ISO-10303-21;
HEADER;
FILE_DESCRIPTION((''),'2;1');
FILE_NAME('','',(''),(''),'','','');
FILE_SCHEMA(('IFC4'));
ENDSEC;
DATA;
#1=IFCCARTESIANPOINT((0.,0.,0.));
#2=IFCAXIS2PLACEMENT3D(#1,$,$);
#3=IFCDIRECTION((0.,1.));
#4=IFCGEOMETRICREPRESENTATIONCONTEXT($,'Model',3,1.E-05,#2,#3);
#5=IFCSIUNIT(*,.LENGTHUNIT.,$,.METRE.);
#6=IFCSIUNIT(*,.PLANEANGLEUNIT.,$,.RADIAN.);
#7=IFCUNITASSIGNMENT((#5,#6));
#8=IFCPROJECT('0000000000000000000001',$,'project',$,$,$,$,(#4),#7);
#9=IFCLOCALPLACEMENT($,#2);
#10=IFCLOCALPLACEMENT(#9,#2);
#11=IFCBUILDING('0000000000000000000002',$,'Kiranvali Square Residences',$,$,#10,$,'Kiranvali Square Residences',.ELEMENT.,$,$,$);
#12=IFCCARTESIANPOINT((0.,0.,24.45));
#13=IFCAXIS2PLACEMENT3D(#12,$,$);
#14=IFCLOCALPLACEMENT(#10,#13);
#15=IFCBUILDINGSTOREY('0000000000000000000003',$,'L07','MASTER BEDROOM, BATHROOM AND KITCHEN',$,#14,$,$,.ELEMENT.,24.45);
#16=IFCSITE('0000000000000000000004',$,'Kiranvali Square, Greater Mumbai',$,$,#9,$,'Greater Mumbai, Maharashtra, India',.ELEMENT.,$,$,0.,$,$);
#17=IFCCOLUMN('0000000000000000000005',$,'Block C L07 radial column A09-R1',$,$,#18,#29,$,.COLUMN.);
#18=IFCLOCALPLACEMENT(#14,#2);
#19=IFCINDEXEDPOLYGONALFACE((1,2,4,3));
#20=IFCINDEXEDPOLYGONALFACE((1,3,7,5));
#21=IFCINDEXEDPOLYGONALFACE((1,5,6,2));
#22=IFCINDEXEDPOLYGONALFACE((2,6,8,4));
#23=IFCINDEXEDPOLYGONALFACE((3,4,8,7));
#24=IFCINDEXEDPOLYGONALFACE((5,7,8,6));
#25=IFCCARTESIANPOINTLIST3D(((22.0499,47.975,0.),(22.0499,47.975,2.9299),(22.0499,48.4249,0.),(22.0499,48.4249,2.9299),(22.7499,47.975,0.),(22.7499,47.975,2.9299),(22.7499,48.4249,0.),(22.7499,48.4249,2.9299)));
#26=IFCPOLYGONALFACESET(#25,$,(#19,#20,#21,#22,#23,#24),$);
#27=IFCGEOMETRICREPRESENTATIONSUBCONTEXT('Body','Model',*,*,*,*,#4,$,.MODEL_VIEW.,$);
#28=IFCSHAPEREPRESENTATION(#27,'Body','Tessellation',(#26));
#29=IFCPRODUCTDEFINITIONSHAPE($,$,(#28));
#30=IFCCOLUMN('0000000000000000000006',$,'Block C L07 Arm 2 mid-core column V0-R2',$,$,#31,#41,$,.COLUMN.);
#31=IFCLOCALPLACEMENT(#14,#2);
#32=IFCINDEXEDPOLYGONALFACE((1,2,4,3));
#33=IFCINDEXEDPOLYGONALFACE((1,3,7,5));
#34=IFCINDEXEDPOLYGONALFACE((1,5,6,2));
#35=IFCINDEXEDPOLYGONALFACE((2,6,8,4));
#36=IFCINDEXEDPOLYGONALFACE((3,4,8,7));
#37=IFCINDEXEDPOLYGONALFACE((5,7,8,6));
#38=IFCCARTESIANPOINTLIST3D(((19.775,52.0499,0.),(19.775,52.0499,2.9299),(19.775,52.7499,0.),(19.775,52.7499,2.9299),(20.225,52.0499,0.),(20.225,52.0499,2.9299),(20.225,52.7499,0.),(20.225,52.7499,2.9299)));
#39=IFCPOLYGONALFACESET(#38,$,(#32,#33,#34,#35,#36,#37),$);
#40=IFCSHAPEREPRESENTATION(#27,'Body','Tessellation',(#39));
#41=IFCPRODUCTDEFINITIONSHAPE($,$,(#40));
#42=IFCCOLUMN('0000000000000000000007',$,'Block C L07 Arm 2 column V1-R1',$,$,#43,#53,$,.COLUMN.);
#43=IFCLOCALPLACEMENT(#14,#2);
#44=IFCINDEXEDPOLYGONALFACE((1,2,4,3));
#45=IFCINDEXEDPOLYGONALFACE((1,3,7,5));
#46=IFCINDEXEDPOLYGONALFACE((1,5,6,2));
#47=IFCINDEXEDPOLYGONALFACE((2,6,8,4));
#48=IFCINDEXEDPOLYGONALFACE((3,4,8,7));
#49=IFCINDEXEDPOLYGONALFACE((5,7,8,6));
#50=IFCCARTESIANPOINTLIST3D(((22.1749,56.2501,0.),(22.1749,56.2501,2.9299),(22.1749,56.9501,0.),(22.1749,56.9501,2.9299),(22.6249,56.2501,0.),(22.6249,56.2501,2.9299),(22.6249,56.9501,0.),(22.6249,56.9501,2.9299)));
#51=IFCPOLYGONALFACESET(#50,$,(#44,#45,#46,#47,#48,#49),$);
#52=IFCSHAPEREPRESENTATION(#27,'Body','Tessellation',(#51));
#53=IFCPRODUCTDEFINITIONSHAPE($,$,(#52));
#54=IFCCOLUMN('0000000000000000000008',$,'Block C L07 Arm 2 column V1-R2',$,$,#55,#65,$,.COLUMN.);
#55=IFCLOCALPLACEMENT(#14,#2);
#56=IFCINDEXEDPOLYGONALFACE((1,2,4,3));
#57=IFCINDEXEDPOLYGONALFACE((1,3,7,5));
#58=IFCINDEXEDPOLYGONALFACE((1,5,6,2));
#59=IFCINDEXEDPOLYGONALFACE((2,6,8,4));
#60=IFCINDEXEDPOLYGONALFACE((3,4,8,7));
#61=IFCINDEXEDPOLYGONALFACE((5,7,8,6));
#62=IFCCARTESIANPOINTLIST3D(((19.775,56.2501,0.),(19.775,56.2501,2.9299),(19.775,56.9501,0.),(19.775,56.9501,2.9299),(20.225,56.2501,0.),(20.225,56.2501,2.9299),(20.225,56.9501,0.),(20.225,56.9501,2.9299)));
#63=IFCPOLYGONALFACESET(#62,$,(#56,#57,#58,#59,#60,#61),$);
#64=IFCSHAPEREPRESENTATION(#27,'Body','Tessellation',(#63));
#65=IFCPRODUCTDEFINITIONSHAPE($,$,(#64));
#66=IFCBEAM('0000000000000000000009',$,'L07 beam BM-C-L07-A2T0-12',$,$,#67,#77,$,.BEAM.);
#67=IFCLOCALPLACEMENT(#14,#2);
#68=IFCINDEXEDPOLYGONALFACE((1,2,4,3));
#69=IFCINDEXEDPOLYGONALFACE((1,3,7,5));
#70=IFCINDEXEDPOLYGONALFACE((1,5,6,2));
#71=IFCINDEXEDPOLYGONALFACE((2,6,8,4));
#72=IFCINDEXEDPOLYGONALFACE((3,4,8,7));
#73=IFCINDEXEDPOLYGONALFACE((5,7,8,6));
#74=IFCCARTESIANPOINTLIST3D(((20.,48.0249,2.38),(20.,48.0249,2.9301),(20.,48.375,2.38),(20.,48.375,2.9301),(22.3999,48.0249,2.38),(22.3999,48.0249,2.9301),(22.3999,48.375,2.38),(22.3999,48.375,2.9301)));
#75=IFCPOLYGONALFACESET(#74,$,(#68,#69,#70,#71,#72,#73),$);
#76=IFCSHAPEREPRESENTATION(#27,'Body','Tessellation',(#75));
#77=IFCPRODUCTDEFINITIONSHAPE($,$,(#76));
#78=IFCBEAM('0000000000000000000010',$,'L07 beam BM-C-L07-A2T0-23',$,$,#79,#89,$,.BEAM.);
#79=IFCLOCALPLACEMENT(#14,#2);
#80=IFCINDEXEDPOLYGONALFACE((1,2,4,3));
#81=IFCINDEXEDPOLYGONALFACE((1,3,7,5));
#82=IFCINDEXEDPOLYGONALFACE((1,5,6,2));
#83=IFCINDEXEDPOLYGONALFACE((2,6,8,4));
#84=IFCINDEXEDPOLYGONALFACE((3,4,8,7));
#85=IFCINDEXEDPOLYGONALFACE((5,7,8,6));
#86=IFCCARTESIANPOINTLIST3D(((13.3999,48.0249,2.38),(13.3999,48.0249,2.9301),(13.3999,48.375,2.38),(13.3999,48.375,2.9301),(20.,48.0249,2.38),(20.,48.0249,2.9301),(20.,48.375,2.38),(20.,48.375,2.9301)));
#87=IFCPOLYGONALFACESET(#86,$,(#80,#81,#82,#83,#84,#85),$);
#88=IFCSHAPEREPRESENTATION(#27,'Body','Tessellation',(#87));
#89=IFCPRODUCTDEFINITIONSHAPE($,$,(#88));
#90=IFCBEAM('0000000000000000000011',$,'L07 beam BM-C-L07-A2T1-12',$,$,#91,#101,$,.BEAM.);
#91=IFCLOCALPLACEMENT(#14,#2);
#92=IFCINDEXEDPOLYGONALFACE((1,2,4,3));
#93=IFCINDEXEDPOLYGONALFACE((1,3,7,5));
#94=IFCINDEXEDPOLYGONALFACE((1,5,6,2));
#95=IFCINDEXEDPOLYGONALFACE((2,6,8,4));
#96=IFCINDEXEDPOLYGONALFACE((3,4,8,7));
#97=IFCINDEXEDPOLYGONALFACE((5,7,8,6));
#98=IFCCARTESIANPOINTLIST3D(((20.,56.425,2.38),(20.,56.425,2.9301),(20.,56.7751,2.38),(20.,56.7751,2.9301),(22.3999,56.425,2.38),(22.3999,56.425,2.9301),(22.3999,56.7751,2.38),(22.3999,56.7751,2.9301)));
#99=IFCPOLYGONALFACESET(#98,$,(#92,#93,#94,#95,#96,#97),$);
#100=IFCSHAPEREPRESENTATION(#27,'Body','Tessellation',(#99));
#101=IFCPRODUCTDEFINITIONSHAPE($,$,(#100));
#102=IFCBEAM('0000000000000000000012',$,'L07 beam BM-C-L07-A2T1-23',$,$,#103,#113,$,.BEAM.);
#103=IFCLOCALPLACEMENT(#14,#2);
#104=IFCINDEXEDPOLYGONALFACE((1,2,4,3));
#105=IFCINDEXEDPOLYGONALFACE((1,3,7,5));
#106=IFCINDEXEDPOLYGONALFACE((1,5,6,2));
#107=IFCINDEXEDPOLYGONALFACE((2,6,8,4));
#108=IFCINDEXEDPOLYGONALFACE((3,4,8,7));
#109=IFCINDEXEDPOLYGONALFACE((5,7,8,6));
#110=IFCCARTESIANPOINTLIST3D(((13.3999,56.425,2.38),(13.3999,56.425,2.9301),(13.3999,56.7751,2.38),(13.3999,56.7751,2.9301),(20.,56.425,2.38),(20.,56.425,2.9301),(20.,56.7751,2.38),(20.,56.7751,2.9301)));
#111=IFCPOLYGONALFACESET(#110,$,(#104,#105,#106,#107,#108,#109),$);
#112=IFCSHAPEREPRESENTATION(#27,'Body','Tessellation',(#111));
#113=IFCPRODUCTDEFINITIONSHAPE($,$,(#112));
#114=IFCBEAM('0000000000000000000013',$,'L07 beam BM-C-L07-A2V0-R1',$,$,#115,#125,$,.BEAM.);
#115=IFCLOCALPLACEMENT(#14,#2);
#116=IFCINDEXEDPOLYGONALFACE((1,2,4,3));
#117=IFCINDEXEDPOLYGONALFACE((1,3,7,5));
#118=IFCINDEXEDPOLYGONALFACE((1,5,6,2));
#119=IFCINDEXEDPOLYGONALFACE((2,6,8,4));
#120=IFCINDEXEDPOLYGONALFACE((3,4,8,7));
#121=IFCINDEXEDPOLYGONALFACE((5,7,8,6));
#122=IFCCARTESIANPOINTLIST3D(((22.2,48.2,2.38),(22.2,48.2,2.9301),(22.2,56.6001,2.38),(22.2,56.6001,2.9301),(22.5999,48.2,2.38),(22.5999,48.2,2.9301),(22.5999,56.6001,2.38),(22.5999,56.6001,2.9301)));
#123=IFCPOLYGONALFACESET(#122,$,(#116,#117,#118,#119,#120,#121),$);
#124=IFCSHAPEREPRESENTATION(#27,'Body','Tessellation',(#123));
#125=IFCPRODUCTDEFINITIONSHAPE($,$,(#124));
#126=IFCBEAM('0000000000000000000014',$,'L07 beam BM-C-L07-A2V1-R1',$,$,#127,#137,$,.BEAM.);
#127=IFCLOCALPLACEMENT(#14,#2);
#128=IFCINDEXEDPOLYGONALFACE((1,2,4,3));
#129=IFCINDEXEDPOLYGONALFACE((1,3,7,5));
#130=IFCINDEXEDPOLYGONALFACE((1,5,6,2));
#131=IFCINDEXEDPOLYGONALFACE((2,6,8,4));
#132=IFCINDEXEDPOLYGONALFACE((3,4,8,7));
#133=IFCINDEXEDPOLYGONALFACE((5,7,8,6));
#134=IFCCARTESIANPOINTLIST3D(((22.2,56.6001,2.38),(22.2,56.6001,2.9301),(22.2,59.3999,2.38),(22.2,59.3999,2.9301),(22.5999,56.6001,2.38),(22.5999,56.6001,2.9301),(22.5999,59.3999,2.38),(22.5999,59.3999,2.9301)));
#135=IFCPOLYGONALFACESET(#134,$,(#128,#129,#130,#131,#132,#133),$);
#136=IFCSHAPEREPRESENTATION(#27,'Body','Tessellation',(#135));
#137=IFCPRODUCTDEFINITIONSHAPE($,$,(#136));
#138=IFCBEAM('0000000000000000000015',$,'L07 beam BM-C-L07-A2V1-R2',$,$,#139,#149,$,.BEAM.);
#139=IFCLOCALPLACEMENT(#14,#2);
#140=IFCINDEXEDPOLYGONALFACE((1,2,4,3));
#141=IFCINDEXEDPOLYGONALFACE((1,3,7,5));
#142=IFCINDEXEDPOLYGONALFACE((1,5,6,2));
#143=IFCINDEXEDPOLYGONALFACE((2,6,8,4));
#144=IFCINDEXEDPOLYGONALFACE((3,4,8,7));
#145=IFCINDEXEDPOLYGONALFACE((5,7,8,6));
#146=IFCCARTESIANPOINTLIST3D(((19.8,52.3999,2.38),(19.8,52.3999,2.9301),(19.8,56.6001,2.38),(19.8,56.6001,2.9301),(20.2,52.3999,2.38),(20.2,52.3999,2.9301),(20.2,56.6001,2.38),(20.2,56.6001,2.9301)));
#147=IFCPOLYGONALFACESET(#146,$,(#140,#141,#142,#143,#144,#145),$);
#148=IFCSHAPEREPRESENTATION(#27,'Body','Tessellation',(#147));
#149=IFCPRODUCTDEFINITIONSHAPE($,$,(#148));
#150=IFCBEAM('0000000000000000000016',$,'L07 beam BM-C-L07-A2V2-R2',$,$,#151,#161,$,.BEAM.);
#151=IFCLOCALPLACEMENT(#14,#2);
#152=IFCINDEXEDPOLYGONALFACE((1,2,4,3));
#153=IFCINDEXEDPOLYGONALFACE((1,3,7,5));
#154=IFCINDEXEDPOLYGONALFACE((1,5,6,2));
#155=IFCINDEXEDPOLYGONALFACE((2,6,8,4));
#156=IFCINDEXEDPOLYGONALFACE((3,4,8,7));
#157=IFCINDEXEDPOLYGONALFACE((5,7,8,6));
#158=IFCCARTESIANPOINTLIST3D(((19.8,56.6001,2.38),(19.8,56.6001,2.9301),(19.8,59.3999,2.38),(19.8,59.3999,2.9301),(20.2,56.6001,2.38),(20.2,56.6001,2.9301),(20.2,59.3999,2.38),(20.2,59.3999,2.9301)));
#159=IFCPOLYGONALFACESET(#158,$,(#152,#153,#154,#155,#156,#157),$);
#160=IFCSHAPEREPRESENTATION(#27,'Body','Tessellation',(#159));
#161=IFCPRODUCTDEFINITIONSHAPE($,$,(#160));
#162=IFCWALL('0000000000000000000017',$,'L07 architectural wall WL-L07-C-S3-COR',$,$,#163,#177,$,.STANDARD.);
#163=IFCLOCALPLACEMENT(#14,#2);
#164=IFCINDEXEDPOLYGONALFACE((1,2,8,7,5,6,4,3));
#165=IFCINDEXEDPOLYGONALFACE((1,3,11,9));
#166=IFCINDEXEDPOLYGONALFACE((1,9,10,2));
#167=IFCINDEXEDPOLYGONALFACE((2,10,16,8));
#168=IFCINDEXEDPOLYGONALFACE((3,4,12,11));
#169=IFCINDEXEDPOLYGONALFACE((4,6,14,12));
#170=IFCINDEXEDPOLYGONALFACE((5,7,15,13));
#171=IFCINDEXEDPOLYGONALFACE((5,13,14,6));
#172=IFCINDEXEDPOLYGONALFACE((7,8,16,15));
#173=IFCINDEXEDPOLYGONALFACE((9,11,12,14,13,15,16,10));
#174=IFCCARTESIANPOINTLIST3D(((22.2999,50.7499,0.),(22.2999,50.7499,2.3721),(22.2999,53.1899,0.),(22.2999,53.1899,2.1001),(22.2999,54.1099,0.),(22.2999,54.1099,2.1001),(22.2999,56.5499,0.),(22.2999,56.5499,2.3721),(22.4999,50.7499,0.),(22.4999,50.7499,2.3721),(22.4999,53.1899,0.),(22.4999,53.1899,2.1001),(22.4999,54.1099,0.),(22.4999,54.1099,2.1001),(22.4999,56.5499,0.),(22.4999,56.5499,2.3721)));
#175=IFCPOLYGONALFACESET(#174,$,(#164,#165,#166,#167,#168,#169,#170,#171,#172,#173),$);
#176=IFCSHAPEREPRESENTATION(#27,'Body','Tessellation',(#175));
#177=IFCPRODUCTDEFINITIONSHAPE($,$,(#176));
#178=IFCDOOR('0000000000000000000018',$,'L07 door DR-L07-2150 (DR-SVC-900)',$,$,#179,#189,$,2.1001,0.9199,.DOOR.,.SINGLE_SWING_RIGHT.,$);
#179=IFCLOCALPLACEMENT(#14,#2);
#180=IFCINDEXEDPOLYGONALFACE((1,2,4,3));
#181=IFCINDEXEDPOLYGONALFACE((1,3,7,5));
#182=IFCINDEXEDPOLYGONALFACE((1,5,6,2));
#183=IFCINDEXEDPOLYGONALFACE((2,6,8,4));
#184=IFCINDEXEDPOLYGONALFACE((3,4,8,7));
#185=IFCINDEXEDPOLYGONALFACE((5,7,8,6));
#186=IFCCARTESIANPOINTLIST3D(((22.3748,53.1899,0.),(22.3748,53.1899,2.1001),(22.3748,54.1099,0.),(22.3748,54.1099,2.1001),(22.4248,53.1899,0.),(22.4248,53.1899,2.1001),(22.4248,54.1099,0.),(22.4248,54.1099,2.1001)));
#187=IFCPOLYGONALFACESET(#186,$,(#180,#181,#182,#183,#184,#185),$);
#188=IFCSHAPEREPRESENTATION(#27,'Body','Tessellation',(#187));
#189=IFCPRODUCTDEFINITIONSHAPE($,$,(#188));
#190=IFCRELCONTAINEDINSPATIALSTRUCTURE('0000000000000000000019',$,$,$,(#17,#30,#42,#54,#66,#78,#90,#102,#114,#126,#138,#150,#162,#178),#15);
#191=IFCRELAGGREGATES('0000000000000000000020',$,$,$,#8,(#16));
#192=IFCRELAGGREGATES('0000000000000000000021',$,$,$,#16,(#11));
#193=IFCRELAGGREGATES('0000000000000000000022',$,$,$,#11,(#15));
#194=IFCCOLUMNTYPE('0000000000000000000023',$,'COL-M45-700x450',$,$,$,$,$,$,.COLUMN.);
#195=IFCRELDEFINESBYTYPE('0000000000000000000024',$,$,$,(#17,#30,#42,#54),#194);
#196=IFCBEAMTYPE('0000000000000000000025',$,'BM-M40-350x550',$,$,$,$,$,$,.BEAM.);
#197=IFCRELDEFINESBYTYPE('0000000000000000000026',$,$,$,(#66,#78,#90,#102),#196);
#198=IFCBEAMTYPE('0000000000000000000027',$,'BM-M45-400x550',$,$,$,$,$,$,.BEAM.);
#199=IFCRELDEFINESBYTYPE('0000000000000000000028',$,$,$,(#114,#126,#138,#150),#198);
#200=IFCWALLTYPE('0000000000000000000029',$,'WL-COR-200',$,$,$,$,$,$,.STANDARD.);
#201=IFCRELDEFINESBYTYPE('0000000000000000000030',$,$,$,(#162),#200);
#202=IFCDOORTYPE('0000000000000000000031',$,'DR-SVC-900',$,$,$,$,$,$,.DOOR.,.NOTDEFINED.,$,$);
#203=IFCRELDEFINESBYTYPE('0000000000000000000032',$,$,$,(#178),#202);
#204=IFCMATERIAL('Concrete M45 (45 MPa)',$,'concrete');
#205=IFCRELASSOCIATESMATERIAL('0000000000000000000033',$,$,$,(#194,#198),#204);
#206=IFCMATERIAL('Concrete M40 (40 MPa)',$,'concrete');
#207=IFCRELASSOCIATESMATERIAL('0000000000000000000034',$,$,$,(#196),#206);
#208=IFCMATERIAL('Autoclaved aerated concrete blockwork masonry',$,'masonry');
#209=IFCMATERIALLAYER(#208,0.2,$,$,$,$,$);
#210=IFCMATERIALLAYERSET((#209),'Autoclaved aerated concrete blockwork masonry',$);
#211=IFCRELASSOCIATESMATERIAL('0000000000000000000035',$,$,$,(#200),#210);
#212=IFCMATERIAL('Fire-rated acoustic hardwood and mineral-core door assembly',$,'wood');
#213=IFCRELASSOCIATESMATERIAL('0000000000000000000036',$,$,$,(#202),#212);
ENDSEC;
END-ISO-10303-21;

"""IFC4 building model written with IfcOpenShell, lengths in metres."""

from ifc_helpers import new_model, si_unit, direction, frame, frame_2d, origin, origin_2d, place, context, subcontext, project, spatial, rectangle, extrude, material, layer, layer_set, material_profile, profile_set, type_object, element, fill, save


model = new_model("IFC4")

# Units and contexts
model_context = context("Model", 3, precision=1e-05, world=origin(), true_north=direction((0.0, 1.0)))
body_context = subcontext(model_context, "Body", "Model", "MODEL_VIEW")
ifc_project = project(units=[si_unit("LENGTHUNIT", "METRE"), si_unit("PLANEANGLEUNIT", "RADIAN")], contexts=[model_context])

# Site, building, storey
site_placement = place(None, origin())
site = spatial("IfcSite", under=ifc_project, at=site_placement, Name="Kiranvali Square, Greater Mumbai", LongName="Greater Mumbai, Maharashtra, India", CompositionType="ELEMENT", RefElevation=0.0)
building_placement = place(site_placement, origin())
building = spatial("IfcBuilding", under=site, at=building_placement, Name="Kiranvali Square Residences", LongName="Kiranvali Square Residences", CompositionType="ELEMENT")
storey_placement = place(building_placement, frame((0.0, 0.0, 24.45)))
storey = spatial("IfcBuildingStorey", under=building, at=storey_placement, Name="L07", Description="MASTER BEDROOM, BATHROOM AND KITCHEN", CompositionType="ELEMENT", Elevation=24.45)

# Columns
ifc_material_1 = material(Name="Concrete M45 (45 MPa)", Category="concrete")
ifc_material_profile_1 = material_profile(ifc_material_1, rectangle(XDim=0.45, YDim=0.7, at=origin_2d()), Name="RC 700x450")
ifc_profile_set_1 = profile_set([ifc_material_profile_1], Name="Concrete M45 (45 MPa)")
column_type = type_object("IfcColumnType", Name="COL-M45-700x450", PredefinedType="COLUMN", material=ifc_profile_set_1)
for number, where, z_axis, x_axis, name in (
    (1, (22.3999, 48.2, 0.0), (0.0, 0.0, 1.0), (0.0, 1.0, 0.0), "Block C L07 radial column A09-R1"),
    (2, (20.0, 52.3999, 0.0), (0.0, 0.0, 1.0), (1.0, 0.0, 0.0), "Block C L07 Arm 2 mid-core column V0-R2"),
    (3, (22.3999, 56.6001, 0.0), (0.0, 0.0, 1.0), (1.0, 0.0, 0.0), "Block C L07 Arm 2 column V1-R1"),
    (4, (20.0, 56.6001, 0.0), (0.0, 0.0, 1.0), (1.0, 0.0, 0.0), "Block C L07 Arm 2 column V1-R2"),
):
    element("IfcColumn", number, at=place(storey_placement, frame(where, z_axis=z_axis, x_axis=x_axis)), inside=storey, type_object=column_type, Name=name, PredefinedType="COLUMN", context=body_context, shape_type="SweptSolid", body=[
        extrude(rectangle(XDim=0.45, YDim=0.7, at=origin_2d()), origin(), (0.0, 0.0, 1.0), 2.9299),
    ])

# Beams
ifc_material_2 = material(Name="Concrete M40 (40 MPa)", Category="concrete")
ifc_material_profile_2 = material_profile(ifc_material_2, rectangle(XDim=0.3501, YDim=0.55, at=origin_2d()), Name="RC 350x550")
ifc_profile_set_2 = profile_set([ifc_material_profile_2], Name="Concrete M40 (40 MPa)")
beam_type_1 = type_object("IfcBeamType", Name="BM-M40-350x550", PredefinedType="BEAM", material=ifc_profile_set_2)
beam_1_placement = place(storey_placement, frame((22.3999, 48.2, 2.655), z_axis=(-1.0, 0.0, 0.0), x_axis=(0.0, -1.0, 0.0)))
element("IfcBeam", 5, at=beam_1_placement, inside=storey, type_object=beam_type_1, Name="L07 beam BM-C-L07-A2T0-12", PredefinedType="BEAM", context=body_context, shape_type="SweptSolid", body=[
    extrude(rectangle(XDim=0.3501, YDim=0.55, at=origin_2d()), origin(), (0.0, 0.0, 1.0), 2.3999),
])
beam_2_placement = place(storey_placement, frame((20.0, 48.2, 2.655), z_axis=(-1.0, 0.0, 0.0), x_axis=(0.0, -1.0, 0.0)))
element("IfcBeam", 6, at=beam_2_placement, inside=storey, type_object=beam_type_1, Name="L07 beam BM-C-L07-A2T0-23", PredefinedType="BEAM", context=body_context, shape_type="SweptSolid", body=[
    extrude(rectangle(XDim=0.3501, YDim=0.55, at=origin_2d()), origin(), (0.0, 0.0, 1.0), 6.6001),
])
beam_3_placement = place(storey_placement, frame((22.3999, 56.6001, 2.655), z_axis=(-1.0, 0.0, 0.0), x_axis=(0.0, -1.0, 0.0)))
element("IfcBeam", 7, at=beam_3_placement, inside=storey, type_object=beam_type_1, Name="L07 beam BM-C-L07-A2T1-12", PredefinedType="BEAM", context=body_context, shape_type="SweptSolid", body=[
    extrude(rectangle(XDim=0.3501, YDim=0.55, at=origin_2d()), origin(), (0.0, 0.0, 1.0), 2.3999),
])
beam_4_placement = place(storey_placement, frame((20.0, 56.6001, 2.655), z_axis=(-1.0, 0.0, 0.0), x_axis=(0.0, -1.0, 0.0)))
element("IfcBeam", 8, at=beam_4_placement, inside=storey, type_object=beam_type_1, Name="L07 beam BM-C-L07-A2T1-23", PredefinedType="BEAM", context=body_context, shape_type="SweptSolid", body=[
    extrude(rectangle(XDim=0.3501, YDim=0.55, at=origin_2d()), origin(), (0.0, 0.0, 1.0), 6.6001),
])
ifc_material_profile_3 = material_profile(ifc_material_1, rectangle(XDim=0.3999, YDim=0.55, at=origin_2d()), Name="RC 400x550")
ifc_profile_set_3 = profile_set([ifc_material_profile_3], Name="Concrete M45 (45 MPa)")
beam_type_2 = type_object("IfcBeamType", Name="BM-M45-400x550", PredefinedType="BEAM", material=ifc_profile_set_3)
beam_5_placement = place(storey_placement, frame((22.3999, 48.2, 2.655), z_axis=(0.0, 1.0, 0.0), x_axis=(-1.0, 0.0, 0.0)))
element("IfcBeam", 9, at=beam_5_placement, inside=storey, type_object=beam_type_2, Name="L07 beam BM-C-L07-A2V0-R1", PredefinedType="BEAM", context=body_context, shape_type="SweptSolid", body=[
    extrude(rectangle(XDim=0.3999, YDim=0.55, at=origin_2d()), origin(), (0.0, 0.0, 1.0), 8.4001),
])
beam_6_placement = place(storey_placement, frame((22.3999, 56.6001, 2.655), z_axis=(0.0, 1.0, 0.0), x_axis=(-1.0, 0.0, 0.0)))
element("IfcBeam", 10, at=beam_6_placement, inside=storey, type_object=beam_type_2, Name="L07 beam BM-C-L07-A2V1-R1", PredefinedType="BEAM", context=body_context, shape_type="SweptSolid", body=[
    extrude(rectangle(XDim=0.3999, YDim=0.55, at=origin_2d()), origin(), (0.0, 0.0, 1.0), 2.7998),
])
beam_7_placement = place(storey_placement, frame((20.0, 52.3999, 2.655), z_axis=(0.0, 1.0, 0.0), x_axis=(-1.0, 0.0, 0.0)))
element("IfcBeam", 11, at=beam_7_placement, inside=storey, type_object=beam_type_2, Name="L07 beam BM-C-L07-A2V1-R2", PredefinedType="BEAM", context=body_context, shape_type="SweptSolid", body=[
    extrude(rectangle(XDim=0.3999, YDim=0.55, at=origin_2d()), origin(), (0.0, 0.0, 1.0), 4.2002),
])
beam_8_placement = place(storey_placement, frame((20.0, 56.6001, 2.655), z_axis=(0.0, 1.0, 0.0), x_axis=(-1.0, 0.0, 0.0)))
element("IfcBeam", 12, at=beam_8_placement, inside=storey, type_object=beam_type_2, Name="L07 beam BM-C-L07-A2V2-R2", PredefinedType="BEAM", context=body_context, shape_type="SweptSolid", body=[
    extrude(rectangle(XDim=0.3999, YDim=0.55, at=origin_2d()), origin(), (0.0, 0.0, 1.0), 2.7998),
])

# Wall, opening, door
ifc_material_3 = material(Name="Autoclaved aerated concrete blockwork masonry", Category="masonry")
ifc_layer_1 = layer(ifc_material_3, 0.2)
ifc_layer_set_1 = layer_set([ifc_layer_1], Name="Autoclaved aerated concrete blockwork masonry")
wall_type_1 = type_object("IfcWallType", Name="WL-COR-200", PredefinedType="STANDARD", material=ifc_layer_set_1)
wall_1_placement = place(storey_placement, frame((22.3999, 50.75, 0.0), z_axis=(0.0, 0.0, 1.0), x_axis=(0.0, 1.0, 0.0)))
wall_1 = element("IfcWall", 13, at=wall_1_placement, inside=storey, type_object=wall_type_1, Name="L07 architectural wall WL-L07-C-S3-COR", PredefinedType="STANDARD", context=body_context, shape_type="SweptSolid", body=[
    extrude(rectangle(XDim=5.8, YDim=0.2, at=frame_2d((2.8999, 0.0))), origin(), (0.0, 0.0, 1.0), 2.3721),
])
opening_1_placement = place(wall_1_placement, frame((2.4399, 0.0, 0.0)))
opening_1 = element("IfcOpeningElement", 14, at=opening_1_placement, cuts=wall_1, PredefinedType="OPENING", context=body_context, shape_type="SweptSolid", body=[
    extrude(rectangle(XDim=0.9199, YDim=2.1001, at=frame_2d((0.46, 1.05))), frame((0.0, 0.1099, 0.0), z_axis=(0.0, -1.0, 0.0), x_axis=(1.0, 0.0, 0.0)), (0.0, 0.0, 1.0), 0.22),
])
ifc_material_4 = material(Name="Fire-rated acoustic hardwood and mineral-core door assembly", Category="wood")
door_type_1 = type_object("IfcDoorType", Name="DR-SVC-900", OperationType="NOTDEFINED", PredefinedType="DOOR", material=ifc_material_4)
door_1_placement = place(opening_1_placement, frame((0.9199, 0.0, 0.0), z_axis=(0.0, 0.0, 1.0), x_axis=(-1.0, 0.0, 0.0)))
door_1 = element("IfcDoor", 15, at=door_1_placement, inside=storey, type_object=door_type_1, Name="L07 door DR-L07-2150 (DR-SVC-900)", OperationType="SINGLE_SWING_RIGHT", OverallHeight=2.1001, OverallWidth=0.9199, PredefinedType="DOOR", context=body_context, shape_type="SweptSolid", body=[
    extrude(rectangle(XDim=0.9199, YDim=2.1001, at=frame_2d((0.46, 1.05))), frame((0.0, 0.0249, 0.0), z_axis=(0.0, -1.0, 0.0), x_axis=(1.0, 0.0, 0.0)), (0.0, 0.0, 1.0), 0.05),
])
fill(opening_1, door_1)

save(model, "model.ifc")
